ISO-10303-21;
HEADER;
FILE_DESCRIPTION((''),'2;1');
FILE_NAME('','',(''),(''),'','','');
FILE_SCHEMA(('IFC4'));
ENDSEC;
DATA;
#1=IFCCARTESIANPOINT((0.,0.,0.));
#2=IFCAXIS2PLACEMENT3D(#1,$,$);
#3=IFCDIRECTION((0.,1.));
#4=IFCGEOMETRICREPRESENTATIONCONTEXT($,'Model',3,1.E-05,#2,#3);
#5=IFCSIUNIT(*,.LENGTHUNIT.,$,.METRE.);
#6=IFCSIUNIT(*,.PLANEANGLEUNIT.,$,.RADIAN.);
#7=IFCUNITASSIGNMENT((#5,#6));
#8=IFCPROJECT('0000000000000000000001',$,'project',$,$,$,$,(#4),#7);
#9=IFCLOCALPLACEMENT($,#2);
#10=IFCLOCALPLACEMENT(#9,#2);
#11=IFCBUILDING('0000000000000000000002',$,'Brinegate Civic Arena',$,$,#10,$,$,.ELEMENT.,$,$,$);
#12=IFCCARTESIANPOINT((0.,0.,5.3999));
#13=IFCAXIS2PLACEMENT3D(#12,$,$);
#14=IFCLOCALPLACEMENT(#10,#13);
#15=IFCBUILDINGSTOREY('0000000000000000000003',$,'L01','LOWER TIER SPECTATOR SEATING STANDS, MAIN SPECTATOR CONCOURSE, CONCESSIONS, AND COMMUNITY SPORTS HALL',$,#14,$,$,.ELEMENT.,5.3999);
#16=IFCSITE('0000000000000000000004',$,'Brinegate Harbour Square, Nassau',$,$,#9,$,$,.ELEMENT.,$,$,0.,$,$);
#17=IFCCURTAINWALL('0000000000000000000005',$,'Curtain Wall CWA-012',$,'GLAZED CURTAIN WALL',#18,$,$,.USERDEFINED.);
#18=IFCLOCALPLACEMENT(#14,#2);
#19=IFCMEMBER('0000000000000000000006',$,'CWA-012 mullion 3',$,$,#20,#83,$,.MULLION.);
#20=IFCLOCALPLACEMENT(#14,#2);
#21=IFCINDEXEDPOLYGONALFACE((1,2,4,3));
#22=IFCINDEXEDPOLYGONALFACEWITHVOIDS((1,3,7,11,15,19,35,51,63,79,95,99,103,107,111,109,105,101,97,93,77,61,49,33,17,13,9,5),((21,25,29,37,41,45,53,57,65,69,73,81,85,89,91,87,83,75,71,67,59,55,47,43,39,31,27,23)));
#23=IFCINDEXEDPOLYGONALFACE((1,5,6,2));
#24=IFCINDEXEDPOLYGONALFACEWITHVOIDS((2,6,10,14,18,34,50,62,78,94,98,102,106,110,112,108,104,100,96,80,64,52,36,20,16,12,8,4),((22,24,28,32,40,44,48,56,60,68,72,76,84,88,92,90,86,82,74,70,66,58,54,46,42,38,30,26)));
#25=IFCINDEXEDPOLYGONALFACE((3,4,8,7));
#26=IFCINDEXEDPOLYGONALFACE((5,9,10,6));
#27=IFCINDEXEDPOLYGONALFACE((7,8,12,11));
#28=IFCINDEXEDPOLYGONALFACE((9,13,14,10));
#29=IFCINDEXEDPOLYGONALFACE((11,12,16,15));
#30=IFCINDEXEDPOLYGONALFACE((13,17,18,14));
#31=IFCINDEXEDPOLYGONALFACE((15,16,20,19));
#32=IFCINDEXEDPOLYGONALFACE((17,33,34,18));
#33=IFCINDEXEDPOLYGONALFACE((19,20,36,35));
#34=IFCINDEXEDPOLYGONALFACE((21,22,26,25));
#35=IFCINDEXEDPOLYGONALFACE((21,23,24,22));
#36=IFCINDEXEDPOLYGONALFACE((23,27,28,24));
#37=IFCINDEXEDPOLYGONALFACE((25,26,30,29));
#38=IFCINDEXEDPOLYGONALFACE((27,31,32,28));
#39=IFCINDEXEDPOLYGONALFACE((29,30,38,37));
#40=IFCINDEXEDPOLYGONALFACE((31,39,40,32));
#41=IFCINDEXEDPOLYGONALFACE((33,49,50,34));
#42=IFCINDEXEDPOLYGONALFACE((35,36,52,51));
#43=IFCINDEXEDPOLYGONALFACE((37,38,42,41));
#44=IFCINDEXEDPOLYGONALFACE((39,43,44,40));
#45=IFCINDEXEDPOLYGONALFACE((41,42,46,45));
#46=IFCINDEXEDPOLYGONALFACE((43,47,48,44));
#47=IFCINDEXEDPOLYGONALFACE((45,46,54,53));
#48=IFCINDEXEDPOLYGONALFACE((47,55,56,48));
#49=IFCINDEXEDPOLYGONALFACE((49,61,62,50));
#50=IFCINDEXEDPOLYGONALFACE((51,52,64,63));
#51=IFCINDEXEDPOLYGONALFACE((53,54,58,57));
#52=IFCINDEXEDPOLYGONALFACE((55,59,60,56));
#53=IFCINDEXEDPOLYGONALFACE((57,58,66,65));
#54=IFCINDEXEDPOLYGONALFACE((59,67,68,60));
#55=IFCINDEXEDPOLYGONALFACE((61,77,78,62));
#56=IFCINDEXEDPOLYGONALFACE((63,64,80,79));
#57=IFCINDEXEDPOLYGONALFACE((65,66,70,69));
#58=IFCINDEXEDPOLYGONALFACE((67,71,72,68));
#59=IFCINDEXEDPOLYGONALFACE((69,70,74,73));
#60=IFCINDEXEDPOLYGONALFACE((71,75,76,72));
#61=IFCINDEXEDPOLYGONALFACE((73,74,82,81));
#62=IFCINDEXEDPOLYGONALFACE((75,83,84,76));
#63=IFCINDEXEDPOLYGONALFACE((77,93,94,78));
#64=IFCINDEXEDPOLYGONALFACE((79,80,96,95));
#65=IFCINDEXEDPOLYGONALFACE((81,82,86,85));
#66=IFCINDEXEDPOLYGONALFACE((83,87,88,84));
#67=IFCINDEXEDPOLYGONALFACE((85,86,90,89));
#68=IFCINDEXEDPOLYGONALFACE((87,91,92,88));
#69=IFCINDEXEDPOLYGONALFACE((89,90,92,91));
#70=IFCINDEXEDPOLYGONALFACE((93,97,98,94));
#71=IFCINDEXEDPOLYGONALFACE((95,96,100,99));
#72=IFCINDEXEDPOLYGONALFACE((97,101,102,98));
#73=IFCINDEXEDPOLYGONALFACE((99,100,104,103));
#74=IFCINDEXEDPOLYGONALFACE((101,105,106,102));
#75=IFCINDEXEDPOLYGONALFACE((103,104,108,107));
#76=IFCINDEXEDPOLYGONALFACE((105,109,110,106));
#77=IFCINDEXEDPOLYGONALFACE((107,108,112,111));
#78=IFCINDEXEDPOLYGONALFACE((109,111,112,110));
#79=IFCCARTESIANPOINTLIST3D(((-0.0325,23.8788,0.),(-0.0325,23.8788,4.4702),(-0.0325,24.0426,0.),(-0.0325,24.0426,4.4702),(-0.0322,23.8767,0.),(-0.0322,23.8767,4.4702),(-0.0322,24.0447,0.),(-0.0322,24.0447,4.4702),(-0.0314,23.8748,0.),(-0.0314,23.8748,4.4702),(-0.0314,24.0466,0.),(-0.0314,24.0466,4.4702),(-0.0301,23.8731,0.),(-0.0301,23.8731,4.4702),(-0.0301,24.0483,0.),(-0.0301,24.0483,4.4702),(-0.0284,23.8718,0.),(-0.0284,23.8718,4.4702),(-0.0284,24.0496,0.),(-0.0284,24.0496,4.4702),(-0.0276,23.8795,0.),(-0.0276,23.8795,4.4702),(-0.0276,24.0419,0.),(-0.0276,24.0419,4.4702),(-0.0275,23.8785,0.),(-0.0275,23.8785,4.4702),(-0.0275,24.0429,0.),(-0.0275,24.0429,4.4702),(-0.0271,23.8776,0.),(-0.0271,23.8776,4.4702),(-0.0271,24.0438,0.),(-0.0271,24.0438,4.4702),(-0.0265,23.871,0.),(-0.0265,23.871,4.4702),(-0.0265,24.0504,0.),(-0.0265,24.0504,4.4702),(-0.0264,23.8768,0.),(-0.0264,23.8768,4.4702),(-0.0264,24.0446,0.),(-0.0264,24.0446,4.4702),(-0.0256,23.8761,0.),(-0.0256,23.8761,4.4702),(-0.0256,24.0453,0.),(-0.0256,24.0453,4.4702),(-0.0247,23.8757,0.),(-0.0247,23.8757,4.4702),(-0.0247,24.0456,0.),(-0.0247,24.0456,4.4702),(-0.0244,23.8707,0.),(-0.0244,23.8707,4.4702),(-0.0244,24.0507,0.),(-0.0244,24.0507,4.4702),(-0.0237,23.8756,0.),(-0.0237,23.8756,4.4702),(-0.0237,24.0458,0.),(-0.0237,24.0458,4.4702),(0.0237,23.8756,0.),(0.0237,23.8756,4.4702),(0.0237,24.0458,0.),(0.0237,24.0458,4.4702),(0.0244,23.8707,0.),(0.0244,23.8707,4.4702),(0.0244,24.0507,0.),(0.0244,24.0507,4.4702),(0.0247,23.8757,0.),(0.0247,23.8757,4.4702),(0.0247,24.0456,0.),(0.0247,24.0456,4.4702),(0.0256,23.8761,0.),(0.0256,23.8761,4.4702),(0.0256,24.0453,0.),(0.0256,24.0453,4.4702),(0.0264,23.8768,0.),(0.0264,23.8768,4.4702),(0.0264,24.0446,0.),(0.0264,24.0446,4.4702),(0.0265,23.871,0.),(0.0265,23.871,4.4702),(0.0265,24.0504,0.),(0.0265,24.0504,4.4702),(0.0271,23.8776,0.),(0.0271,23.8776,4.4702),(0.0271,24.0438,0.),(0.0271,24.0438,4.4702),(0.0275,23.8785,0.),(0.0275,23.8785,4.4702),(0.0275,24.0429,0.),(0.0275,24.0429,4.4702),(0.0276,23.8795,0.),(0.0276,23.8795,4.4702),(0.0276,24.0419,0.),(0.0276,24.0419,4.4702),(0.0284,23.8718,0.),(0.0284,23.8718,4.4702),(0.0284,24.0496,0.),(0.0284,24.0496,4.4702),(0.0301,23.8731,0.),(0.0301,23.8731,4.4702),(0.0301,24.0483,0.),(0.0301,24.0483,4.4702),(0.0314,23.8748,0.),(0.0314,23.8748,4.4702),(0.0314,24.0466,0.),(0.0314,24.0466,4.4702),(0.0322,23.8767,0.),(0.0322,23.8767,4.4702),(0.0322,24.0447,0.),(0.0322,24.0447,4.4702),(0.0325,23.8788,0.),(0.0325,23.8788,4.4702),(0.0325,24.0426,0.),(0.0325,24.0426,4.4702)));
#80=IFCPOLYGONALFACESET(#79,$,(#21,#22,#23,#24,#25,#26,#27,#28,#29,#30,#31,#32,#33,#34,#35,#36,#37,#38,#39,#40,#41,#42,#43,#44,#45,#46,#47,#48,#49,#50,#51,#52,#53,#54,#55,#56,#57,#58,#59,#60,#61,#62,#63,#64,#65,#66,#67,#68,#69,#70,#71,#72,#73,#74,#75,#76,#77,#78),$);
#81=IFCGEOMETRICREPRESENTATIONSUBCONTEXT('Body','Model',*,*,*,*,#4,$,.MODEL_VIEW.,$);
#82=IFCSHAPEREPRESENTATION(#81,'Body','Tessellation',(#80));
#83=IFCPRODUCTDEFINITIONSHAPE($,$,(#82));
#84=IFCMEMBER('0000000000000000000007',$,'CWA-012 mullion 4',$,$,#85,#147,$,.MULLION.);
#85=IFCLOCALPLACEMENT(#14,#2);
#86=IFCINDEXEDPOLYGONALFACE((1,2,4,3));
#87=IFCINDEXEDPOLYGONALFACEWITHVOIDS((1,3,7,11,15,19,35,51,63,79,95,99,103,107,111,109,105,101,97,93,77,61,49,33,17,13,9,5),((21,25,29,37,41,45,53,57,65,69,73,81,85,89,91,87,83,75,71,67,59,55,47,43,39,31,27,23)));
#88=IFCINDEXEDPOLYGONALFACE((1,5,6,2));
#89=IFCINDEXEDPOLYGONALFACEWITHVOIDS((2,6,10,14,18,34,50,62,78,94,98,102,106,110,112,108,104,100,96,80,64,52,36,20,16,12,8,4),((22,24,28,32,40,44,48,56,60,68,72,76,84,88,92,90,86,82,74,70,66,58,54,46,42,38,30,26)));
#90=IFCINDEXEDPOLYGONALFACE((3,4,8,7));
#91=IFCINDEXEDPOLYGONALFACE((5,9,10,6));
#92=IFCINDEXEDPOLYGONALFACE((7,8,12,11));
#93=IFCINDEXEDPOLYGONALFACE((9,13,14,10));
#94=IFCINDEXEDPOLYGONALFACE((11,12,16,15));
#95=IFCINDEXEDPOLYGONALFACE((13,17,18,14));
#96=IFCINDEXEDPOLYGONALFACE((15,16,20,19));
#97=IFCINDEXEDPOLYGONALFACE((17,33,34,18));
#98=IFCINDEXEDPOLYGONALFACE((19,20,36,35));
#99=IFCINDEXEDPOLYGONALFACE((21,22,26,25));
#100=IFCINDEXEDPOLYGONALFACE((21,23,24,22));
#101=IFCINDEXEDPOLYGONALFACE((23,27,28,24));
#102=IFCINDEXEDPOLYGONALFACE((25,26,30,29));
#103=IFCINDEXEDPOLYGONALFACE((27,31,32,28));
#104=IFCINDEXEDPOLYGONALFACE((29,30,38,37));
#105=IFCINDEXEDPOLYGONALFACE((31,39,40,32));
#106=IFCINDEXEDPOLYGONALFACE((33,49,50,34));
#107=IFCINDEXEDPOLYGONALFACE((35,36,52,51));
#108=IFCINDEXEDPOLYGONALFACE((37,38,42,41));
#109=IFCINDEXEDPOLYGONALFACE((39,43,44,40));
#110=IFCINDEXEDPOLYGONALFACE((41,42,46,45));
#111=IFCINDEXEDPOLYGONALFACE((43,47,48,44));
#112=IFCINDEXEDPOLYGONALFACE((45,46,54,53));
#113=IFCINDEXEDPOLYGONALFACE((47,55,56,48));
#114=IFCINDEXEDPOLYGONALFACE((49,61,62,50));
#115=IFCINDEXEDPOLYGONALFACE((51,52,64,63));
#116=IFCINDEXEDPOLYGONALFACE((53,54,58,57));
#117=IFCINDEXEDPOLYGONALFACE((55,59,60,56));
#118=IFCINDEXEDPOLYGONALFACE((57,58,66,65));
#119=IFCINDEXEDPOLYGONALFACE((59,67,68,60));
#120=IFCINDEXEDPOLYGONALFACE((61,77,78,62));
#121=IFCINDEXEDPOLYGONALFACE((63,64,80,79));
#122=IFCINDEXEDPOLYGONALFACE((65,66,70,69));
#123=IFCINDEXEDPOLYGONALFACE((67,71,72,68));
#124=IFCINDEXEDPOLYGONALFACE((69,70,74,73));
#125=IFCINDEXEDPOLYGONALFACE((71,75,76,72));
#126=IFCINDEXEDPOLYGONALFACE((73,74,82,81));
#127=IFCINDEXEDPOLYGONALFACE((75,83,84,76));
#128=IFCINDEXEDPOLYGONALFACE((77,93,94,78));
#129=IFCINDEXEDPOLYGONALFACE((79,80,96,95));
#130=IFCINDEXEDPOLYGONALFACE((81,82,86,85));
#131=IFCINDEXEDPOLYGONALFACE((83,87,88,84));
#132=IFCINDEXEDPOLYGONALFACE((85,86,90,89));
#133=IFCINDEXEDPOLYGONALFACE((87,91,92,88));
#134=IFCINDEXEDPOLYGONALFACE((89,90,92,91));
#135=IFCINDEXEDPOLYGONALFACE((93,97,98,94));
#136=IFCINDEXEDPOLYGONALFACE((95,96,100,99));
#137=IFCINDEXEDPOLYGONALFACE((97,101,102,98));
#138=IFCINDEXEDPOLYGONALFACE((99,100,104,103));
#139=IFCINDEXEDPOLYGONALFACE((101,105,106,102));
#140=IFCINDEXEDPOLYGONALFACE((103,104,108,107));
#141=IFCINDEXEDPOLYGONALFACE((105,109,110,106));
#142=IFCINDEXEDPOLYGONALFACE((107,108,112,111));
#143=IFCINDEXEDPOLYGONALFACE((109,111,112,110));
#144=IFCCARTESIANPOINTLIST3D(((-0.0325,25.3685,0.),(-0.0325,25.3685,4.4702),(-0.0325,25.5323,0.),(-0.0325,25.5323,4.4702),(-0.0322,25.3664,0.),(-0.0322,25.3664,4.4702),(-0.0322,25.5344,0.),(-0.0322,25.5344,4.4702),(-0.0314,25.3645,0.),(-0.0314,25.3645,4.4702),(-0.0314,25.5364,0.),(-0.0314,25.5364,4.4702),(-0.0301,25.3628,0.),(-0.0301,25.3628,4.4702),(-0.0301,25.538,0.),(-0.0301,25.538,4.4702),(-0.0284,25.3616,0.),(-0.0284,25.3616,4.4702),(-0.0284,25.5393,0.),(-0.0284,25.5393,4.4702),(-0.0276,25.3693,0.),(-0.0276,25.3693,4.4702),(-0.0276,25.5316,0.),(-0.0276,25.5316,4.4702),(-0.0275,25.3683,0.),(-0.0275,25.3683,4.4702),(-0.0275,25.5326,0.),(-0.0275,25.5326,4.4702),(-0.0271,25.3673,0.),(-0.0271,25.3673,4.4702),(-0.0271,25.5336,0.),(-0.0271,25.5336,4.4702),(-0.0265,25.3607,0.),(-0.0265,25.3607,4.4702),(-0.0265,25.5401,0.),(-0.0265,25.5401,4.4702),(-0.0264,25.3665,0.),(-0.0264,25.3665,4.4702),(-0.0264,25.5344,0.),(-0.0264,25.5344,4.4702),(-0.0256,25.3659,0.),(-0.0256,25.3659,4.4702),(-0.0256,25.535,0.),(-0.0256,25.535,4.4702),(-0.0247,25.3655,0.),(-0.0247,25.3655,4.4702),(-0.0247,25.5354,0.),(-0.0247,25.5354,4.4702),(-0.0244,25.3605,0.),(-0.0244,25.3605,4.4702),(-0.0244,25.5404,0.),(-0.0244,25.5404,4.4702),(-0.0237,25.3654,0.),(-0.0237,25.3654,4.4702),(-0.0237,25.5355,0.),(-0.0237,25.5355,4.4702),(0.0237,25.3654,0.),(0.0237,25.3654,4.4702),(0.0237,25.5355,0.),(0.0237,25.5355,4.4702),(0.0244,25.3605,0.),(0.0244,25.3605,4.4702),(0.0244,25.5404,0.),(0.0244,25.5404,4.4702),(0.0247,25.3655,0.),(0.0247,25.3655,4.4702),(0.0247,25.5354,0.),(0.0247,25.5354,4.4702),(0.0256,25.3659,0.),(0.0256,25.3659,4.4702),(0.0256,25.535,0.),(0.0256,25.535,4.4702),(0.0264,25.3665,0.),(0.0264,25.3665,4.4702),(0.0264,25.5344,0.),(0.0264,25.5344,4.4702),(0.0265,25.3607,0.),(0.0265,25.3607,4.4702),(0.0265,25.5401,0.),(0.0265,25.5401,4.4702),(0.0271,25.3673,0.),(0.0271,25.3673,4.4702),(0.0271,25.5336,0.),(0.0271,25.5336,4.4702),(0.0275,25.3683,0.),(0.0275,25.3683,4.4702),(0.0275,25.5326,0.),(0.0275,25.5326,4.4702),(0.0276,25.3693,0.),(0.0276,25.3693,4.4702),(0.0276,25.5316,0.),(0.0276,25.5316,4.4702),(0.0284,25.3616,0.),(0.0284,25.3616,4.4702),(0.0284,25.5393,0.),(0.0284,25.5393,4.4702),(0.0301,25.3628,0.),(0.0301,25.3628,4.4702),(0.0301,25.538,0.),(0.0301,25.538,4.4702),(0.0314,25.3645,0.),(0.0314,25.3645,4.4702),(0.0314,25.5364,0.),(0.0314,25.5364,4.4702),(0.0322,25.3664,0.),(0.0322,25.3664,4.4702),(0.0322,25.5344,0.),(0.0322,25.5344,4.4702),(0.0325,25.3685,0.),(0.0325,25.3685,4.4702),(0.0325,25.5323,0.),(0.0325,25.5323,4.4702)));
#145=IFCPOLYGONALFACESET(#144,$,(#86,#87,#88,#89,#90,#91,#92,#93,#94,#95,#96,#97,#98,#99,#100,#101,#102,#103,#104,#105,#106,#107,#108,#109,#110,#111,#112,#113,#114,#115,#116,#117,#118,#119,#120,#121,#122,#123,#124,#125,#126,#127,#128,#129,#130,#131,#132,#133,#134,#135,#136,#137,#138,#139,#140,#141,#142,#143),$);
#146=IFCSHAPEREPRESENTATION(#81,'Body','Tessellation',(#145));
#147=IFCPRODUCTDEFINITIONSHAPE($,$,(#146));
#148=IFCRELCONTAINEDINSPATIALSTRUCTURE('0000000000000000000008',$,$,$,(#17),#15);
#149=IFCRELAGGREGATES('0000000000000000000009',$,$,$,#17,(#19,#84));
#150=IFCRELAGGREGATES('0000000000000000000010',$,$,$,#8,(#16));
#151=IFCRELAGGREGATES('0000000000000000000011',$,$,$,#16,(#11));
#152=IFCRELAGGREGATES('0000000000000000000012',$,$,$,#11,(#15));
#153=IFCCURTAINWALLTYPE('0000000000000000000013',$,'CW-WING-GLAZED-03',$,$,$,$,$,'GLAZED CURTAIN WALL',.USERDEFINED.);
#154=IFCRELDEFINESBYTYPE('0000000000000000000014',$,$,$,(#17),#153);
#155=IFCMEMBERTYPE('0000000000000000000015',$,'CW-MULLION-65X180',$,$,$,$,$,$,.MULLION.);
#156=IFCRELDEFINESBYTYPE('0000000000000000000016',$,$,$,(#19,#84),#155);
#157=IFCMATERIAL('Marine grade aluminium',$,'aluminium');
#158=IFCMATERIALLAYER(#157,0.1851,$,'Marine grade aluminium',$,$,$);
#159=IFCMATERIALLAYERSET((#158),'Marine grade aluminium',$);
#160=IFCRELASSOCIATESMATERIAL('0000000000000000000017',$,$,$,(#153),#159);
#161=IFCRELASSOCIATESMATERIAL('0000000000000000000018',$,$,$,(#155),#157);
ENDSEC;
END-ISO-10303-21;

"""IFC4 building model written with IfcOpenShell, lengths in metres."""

from ifc_helpers import new_model, si_unit, direction, frame, origin, origin_2d, place, context, subcontext, project, spatial, hollow_rectangle, extrude, material, layer, layer_set, material_profile, profile_set, type_object, element, aggregate, save


model = new_model("IFC4")

# Units and contexts
model_context = context("Model", 3, precision=1e-05, world=origin(), true_north=direction((0.0, 1.0)))
body_context = subcontext(model_context, "Body", "Model", "MODEL_VIEW")
ifc_project = project(units=[si_unit("LENGTHUNIT", "METRE"), si_unit("PLANEANGLEUNIT", "RADIAN")], contexts=[model_context])

# Site, building, storey
site_placement = place(None, origin())
site = spatial("IfcSite", under=ifc_project, at=site_placement, Name="Brinegate Harbour Square, Nassau", CompositionType="ELEMENT", RefElevation=0.0)
building_placement = place(site_placement, origin())
building = spatial("IfcBuilding", under=site, at=building_placement, Name="Brinegate Civic Arena", CompositionType="ELEMENT")
storey_placement = place(building_placement, frame((0.0, 0.0, 5.3999)))
storey = spatial("IfcBuildingStorey", under=building, at=storey_placement, Name="L01", Description="LOWER TIER SPECTATOR SEATING STANDS, MAIN SPECTATOR CONCOURSE, CONCESSIONS, AND COMMUNITY SPORTS HALL", CompositionType="ELEMENT", Elevation=5.3999)

# Curtain wall, members
ifc_material_1 = material(Name="Marine grade aluminium", Category="aluminium")
ifc_layer_1 = layer(ifc_material_1, 0.1851, Name="Marine grade aluminium")
ifc_layer_set_1 = layer_set([ifc_layer_1], Name="Marine grade aluminium")
curtain_wall_type = type_object("IfcCurtainWallType", Name="CW-WING-GLAZED-03", ElementType="GLAZED CURTAIN WALL", PredefinedType="USERDEFINED", material=ifc_layer_set_1)
curtain_wall_placement = place(storey_placement, origin())
curtain_wall = element("IfcCurtainWall", 1, at=curtain_wall_placement, inside=storey, type_object=curtain_wall_type, Name="Curtain Wall CWA-012", ObjectType="GLAZED CURTAIN WALL", PredefinedType="USERDEFINED")
ifc_material_profile_1 = material_profile(ifc_material_1, hollow_rectangle(XDim=0.0649, YDim=0.1799, WallThickness=0.0049, InnerFilletRadius=0.0039, OuterFilletRadius=0.0081, at=origin_2d()), Name="MUL65X180")
ifc_profile_set_1 = profile_set([ifc_material_profile_1], Name="Marine grade aluminium")
member_type_1 = type_object("IfcMemberType", Name="CW-MULLION-65X180", PredefinedType="MULLION", material=ifc_profile_set_1)
member_1_placement = place(storey_placement, frame((0.0, 23.9607, 0.0), z_axis=(0.0, 0.0, 1.0), x_axis=(-1.0, 0.0, 0.0)))
member_1 = element("IfcMember", 2, at=member_1_placement, type_object=member_type_1, Name="CWA-012 mullion 3", PredefinedType="MULLION", context=body_context, shape_type="SweptSolid", body=[
    extrude(hollow_rectangle(XDim=0.0649, YDim=0.1799, WallThickness=0.0049, InnerFilletRadius=0.0039, OuterFilletRadius=0.0081, at=origin_2d()), origin(), (0.0, 0.0, 1.0), 4.4702),
])
member_2_placement = place(storey_placement, frame((0.0, 25.4504, 0.0), z_axis=(0.0, 0.0, 1.0), x_axis=(-1.0, 0.0, 0.0)))
member_2 = element("IfcMember", 3, at=member_2_placement, type_object=member_type_1, Name="CWA-012 mullion 4", PredefinedType="MULLION", context=body_context, shape_type="SweptSolid", body=[
    extrude(hollow_rectangle(XDim=0.0649, YDim=0.1799, WallThickness=0.0049, InnerFilletRadius=0.0039, OuterFilletRadius=0.0081, at=origin_2d()), origin(), (0.0, 0.0, 1.0), 4.4702),
])
aggregate(curtain_wall, [member_1, member_2])

save(model, "model.ifc")
